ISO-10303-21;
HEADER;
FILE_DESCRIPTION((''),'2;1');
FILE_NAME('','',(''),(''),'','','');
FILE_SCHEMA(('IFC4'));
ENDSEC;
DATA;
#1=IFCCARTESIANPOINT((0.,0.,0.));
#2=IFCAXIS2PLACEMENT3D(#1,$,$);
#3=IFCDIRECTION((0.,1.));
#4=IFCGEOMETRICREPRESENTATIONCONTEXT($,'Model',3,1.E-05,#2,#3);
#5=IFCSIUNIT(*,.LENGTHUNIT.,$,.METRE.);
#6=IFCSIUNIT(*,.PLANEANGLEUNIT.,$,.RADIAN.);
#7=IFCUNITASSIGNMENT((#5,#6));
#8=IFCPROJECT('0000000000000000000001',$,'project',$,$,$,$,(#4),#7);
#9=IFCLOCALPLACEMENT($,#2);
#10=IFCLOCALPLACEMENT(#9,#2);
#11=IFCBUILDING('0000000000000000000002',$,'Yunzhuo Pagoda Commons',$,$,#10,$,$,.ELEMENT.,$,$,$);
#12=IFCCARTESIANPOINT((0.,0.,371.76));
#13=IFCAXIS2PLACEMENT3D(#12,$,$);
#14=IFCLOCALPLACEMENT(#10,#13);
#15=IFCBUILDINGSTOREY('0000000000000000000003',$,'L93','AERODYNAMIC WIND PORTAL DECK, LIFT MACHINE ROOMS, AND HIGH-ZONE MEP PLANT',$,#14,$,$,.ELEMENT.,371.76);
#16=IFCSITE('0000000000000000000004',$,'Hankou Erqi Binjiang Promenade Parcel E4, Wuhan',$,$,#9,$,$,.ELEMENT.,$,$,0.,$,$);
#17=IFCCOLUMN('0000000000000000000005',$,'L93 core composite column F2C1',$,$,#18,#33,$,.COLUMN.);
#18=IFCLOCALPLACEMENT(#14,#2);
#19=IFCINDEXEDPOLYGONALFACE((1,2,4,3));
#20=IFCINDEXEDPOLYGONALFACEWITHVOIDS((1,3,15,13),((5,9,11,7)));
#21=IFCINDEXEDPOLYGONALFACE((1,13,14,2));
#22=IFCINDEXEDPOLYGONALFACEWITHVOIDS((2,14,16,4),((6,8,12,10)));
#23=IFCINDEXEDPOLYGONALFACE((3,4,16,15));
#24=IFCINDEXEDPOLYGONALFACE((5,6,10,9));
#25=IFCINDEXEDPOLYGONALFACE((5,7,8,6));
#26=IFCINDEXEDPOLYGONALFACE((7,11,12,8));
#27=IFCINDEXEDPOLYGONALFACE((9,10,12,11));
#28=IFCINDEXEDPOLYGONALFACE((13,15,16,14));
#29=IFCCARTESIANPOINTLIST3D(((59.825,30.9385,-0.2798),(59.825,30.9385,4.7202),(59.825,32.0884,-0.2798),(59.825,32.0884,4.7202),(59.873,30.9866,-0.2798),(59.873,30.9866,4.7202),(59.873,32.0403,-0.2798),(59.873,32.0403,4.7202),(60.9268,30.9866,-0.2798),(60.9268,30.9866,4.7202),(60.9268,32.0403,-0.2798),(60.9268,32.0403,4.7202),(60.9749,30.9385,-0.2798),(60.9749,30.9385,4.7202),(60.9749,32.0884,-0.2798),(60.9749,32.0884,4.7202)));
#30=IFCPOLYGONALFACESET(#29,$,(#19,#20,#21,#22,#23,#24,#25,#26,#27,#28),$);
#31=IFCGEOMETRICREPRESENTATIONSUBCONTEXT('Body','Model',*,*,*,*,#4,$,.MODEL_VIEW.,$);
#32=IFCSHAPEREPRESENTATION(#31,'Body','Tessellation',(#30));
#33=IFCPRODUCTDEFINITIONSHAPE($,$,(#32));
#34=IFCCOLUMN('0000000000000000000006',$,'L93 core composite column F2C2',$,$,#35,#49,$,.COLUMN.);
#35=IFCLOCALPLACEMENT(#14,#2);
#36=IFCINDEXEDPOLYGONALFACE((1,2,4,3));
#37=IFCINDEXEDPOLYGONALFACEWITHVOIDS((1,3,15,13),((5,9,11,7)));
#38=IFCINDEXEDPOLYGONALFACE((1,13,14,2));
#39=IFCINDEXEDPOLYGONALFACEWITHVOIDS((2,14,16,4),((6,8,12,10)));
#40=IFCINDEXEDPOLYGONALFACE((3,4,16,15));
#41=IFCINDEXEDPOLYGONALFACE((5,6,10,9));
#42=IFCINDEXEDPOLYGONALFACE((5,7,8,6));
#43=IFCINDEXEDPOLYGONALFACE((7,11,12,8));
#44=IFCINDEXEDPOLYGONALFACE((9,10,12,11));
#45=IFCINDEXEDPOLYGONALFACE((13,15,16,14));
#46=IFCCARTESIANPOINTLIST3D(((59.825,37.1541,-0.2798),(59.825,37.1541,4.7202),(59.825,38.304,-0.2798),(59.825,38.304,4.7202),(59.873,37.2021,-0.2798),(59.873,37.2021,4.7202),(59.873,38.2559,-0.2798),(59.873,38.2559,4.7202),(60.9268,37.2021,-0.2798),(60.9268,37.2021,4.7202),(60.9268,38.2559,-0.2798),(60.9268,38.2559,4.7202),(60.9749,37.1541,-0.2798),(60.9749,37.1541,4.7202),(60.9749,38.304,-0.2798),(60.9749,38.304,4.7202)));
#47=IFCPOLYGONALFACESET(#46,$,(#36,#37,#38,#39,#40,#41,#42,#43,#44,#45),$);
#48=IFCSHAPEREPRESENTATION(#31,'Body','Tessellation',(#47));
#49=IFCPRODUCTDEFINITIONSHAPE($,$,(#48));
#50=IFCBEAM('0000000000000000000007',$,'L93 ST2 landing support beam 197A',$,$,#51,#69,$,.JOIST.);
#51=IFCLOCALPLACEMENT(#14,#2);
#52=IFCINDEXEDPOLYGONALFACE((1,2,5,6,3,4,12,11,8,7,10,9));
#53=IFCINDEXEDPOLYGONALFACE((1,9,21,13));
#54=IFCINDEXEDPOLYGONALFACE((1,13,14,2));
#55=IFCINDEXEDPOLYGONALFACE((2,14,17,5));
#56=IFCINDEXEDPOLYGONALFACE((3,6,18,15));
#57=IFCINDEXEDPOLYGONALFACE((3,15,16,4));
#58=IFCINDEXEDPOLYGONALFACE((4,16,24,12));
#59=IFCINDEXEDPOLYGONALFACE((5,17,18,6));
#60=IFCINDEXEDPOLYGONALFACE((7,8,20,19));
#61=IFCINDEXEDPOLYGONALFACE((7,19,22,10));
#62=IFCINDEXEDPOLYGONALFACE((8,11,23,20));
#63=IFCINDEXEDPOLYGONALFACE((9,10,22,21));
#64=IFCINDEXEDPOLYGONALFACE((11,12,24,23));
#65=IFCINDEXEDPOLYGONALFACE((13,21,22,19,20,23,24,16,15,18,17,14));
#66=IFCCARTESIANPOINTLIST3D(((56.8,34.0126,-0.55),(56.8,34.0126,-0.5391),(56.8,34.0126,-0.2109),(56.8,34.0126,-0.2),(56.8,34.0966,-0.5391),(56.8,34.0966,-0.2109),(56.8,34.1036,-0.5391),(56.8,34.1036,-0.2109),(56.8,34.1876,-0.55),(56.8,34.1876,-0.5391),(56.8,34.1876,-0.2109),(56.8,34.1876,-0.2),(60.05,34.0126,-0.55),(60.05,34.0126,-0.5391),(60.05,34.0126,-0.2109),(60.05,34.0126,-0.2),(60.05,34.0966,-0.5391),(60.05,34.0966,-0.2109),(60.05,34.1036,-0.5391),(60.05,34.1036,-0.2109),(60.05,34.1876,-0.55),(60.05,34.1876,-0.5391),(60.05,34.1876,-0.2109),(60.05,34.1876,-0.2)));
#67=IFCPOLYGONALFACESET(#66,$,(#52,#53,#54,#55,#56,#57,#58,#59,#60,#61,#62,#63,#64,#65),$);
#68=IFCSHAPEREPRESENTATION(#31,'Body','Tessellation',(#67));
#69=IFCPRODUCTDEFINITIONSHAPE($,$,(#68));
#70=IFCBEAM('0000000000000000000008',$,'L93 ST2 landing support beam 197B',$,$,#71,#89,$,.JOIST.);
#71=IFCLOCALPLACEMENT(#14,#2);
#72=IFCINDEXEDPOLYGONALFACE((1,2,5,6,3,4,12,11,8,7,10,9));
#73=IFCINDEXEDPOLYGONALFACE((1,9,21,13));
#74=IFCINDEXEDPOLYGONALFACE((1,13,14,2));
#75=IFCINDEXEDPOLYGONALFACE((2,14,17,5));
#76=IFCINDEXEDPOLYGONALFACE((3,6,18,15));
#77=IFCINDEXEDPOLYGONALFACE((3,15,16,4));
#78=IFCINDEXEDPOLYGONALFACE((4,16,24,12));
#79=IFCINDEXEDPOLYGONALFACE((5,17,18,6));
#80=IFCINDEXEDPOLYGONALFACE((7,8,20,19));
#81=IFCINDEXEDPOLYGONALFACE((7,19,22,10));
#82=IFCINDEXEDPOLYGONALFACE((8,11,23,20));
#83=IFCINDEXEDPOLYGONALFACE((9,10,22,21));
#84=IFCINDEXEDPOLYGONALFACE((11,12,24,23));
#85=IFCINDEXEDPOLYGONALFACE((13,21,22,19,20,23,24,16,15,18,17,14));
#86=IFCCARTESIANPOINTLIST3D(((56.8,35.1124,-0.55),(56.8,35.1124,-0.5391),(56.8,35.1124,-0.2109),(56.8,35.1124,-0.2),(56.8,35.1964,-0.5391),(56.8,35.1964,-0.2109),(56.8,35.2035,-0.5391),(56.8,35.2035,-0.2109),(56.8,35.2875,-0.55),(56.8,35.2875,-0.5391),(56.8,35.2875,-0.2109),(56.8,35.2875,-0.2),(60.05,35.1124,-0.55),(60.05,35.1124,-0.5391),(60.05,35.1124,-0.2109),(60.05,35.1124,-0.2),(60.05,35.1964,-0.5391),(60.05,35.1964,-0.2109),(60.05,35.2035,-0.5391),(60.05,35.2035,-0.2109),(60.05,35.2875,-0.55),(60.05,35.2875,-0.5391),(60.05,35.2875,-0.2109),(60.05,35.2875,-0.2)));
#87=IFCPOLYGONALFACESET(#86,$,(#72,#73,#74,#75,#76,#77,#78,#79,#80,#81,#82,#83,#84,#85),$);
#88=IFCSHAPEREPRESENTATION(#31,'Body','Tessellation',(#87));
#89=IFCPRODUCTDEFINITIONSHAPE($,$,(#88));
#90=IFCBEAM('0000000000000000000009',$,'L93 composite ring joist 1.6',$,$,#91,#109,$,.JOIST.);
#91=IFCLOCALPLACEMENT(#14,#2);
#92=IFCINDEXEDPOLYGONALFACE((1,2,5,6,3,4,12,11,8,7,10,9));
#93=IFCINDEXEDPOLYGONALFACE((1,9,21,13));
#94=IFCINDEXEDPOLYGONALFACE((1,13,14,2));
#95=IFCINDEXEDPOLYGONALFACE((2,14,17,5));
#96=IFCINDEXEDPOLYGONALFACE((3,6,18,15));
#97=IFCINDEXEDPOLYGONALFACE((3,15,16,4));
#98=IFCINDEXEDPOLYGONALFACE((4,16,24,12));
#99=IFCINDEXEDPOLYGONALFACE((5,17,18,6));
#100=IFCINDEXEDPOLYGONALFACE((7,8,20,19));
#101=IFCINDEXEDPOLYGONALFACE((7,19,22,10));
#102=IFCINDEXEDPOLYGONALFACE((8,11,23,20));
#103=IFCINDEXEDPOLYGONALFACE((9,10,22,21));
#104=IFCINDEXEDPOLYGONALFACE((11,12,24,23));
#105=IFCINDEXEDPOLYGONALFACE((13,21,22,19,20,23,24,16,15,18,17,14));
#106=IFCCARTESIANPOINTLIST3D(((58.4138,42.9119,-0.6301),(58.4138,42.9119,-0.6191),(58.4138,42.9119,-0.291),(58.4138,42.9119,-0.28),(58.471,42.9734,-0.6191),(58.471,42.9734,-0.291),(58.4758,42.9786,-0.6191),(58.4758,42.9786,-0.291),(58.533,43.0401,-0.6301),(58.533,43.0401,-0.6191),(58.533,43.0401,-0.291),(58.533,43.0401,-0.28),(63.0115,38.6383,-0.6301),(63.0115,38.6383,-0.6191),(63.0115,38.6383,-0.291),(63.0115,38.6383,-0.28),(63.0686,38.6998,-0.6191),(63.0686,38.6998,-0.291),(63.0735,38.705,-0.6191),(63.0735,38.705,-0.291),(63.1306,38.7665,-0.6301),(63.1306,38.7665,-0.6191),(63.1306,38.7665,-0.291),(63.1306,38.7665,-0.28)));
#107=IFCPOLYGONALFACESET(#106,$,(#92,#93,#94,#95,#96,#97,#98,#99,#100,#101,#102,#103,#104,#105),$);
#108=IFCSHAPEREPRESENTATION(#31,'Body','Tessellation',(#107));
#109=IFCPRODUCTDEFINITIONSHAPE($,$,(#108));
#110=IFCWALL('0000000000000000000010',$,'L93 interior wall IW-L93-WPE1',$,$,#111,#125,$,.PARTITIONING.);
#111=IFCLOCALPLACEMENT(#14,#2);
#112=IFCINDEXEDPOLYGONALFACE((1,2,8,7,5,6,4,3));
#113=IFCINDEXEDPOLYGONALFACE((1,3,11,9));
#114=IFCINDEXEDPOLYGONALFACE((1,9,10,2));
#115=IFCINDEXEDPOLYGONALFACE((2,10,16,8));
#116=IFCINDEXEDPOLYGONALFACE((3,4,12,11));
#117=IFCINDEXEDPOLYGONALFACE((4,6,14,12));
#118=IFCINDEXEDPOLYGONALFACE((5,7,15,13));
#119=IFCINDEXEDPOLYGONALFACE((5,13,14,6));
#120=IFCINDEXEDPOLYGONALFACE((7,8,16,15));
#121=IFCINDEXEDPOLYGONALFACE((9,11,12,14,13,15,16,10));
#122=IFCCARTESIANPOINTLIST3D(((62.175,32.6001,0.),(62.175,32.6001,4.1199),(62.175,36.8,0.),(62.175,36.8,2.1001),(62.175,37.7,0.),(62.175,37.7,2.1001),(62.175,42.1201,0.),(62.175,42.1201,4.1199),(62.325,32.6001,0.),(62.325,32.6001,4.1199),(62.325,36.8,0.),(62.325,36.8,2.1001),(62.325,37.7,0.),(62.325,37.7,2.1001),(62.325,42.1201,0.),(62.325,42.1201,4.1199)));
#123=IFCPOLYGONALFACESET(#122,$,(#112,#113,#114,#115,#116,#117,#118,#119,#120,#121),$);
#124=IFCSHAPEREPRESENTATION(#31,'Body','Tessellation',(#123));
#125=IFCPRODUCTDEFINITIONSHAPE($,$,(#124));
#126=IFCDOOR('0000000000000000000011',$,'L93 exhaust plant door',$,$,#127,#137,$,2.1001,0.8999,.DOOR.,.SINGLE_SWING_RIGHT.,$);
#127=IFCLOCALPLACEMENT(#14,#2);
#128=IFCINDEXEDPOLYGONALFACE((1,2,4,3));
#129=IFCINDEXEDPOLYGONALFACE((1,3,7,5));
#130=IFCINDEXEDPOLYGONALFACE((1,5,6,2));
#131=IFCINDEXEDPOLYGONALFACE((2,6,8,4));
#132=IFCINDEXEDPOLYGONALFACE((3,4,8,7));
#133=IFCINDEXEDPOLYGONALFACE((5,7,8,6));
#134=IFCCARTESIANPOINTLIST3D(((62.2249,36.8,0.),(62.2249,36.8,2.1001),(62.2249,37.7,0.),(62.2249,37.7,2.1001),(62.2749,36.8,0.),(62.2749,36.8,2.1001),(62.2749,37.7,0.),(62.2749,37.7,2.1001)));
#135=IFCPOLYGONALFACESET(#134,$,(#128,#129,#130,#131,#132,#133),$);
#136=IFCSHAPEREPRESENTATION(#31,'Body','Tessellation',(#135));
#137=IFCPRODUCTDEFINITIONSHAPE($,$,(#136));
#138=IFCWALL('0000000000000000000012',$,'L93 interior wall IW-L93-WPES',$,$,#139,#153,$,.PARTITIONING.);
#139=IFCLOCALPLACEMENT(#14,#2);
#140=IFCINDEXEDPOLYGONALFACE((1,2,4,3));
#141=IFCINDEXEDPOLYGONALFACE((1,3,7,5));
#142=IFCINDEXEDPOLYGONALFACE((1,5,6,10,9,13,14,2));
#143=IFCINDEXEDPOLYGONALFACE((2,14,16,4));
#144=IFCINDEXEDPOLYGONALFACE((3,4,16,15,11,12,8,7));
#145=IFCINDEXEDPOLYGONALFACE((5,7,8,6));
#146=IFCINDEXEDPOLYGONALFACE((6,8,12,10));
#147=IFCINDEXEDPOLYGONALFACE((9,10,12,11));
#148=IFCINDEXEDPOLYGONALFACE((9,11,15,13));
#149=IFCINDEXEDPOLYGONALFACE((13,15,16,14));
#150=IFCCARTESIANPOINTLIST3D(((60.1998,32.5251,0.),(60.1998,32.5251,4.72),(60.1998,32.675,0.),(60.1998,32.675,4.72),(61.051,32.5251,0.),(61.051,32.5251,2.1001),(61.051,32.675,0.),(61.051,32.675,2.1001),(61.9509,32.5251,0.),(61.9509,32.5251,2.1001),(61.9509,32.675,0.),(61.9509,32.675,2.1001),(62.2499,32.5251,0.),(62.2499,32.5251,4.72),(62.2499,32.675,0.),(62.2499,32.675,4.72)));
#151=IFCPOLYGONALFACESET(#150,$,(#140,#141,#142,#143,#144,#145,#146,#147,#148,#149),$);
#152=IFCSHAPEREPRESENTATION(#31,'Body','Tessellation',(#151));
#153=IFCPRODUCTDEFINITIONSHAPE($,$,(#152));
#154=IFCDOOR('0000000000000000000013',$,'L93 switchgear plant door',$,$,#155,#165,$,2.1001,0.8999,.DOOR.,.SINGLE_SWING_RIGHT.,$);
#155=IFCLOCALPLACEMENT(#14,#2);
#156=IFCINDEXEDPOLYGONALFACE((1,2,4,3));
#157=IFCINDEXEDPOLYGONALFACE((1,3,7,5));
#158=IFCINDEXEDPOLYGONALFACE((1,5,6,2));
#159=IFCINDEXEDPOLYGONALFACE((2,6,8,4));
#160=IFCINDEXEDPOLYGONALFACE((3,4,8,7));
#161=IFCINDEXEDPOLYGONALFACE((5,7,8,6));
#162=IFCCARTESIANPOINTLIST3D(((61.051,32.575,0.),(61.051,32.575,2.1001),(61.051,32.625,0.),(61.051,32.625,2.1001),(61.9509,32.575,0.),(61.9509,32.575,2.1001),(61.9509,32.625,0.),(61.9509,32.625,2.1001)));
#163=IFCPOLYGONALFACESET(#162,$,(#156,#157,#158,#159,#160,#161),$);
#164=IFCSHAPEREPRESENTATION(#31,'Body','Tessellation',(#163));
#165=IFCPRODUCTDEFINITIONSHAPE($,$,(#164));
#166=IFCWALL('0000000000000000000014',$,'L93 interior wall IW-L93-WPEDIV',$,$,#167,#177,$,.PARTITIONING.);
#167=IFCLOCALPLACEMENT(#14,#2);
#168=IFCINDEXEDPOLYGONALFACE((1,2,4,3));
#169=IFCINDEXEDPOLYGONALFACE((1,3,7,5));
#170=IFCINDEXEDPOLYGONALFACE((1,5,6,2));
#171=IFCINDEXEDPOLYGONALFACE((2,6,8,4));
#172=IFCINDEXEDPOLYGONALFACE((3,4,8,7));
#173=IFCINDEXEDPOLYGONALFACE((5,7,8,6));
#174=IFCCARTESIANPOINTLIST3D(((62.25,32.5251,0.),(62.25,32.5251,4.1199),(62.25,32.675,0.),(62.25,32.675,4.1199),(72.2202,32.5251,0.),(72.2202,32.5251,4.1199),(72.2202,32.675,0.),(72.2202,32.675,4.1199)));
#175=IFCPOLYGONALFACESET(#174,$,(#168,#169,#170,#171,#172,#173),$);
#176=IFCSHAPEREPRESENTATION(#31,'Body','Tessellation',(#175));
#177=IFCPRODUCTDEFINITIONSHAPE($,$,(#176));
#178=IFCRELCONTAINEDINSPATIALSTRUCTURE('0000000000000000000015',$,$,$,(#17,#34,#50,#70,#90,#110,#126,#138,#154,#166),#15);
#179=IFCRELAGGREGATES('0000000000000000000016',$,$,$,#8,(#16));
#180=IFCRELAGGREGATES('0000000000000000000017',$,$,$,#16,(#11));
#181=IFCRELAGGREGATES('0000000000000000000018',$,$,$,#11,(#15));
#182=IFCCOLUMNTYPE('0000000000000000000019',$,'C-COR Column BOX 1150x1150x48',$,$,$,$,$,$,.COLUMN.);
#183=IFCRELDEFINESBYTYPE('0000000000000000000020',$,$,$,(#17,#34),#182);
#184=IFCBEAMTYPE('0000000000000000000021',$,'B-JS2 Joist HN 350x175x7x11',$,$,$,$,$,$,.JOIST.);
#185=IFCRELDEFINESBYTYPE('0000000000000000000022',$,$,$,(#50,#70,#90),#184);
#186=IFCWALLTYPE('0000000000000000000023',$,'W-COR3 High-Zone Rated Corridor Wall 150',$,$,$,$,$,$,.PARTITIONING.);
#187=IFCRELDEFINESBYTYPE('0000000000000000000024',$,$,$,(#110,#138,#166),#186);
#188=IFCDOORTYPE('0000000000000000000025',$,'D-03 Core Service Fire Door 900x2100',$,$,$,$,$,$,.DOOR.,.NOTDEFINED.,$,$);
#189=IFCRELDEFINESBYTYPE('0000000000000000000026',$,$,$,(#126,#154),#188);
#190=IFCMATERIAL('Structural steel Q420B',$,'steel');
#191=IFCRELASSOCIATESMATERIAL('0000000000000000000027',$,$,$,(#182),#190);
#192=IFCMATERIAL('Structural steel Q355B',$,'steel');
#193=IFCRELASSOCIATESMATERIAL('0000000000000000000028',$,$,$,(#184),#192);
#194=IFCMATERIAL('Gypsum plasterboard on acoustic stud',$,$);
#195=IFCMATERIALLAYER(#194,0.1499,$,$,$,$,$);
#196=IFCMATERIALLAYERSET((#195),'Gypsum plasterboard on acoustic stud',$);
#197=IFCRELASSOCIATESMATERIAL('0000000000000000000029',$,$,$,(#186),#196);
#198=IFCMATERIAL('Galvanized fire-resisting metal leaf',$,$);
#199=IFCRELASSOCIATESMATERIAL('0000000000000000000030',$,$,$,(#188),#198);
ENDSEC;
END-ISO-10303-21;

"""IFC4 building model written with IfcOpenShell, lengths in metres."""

from ifc_helpers import new_model, si_unit, direction, frame, frame_2d, origin, origin_with_axes, origin_2d, place, context, subcontext, project, spatial, rectangle, hollow_rectangle, i_section, extrude, source, transform, mapped, material, layer, layer_set, material_profile, profile_set, type_object, element, fill, save


model = new_model("IFC4")

# Units and contexts
model_context = context("Model", 3, precision=1e-05, world=origin(), true_north=direction((0.0, 1.0)))
body_context = subcontext(model_context, "Body", "Model", "MODEL_VIEW")
ifc_project = project(units=[si_unit("LENGTHUNIT", "METRE"), si_unit("PLANEANGLEUNIT", "RADIAN")], contexts=[model_context])

# Site, building, storey
site_placement = place(None, origin())
site = spatial("IfcSite", under=ifc_project, at=site_placement, Name="Hankou Erqi Binjiang Promenade Parcel E4, Wuhan", CompositionType="ELEMENT", RefElevation=0.0)
building_placement = place(site_placement, origin())
building = spatial("IfcBuilding", under=site, at=building_placement, Name="Yunzhuo Pagoda Commons", CompositionType="ELEMENT")
storey_placement = place(building_placement, frame((0.0, 0.0, 371.76)))
storey = spatial("IfcBuildingStorey", under=building, at=storey_placement, Name="L93", Description="AERODYNAMIC WIND PORTAL DECK, LIFT MACHINE ROOMS, AND HIGH-ZONE MEP PLANT", CompositionType="ELEMENT", Elevation=371.76)

# Columns
ifc_material_1 = material(Name="Structural steel Q420B", Category="steel")
ifc_material_profile_1 = material_profile(ifc_material_1, hollow_rectangle(XDim=1.1499, YDim=1.1499, WallThickness=0.0481, at=origin_2d()), Name="Structural steel Q420B")
ifc_profile_set_1 = profile_set([ifc_material_profile_1], Name="Structural steel Q420B")
column_type = type_object("IfcColumnType", Name="C-COR Column BOX 1150x1150x48", PredefinedType="COLUMN", material=ifc_profile_set_1)
shared_shape_1 = source(origin(), body_context, "Body", "SweptSolid", [
    extrude(hollow_rectangle(XDim=1.1499, YDim=1.1499, WallThickness=0.0481, at=origin_2d()), origin(), (0.0, 0.0, 1.0), 5.0),
])
for number, where, z_axis, x_axis, name in (
    (1, (60.3999, 31.5134, -0.2798), (0.0, 0.0, 1.0), (1.0, 0.0, 0.0), "L93 core composite column F2C1"),
    (2, (60.3999, 37.729, -0.2798), (0.0, 0.0, 1.0), (1.0, 0.0, 0.0), "L93 core composite column F2C2"),
):
    element("IfcColumn", number, at=place(storey_placement, frame(where, z_axis=z_axis, x_axis=x_axis)), inside=storey, type_object=column_type, Name=name, PredefinedType="COLUMN", context=body_context, shape_type="MappedRepresentation", body=[
        mapped(shared_shape_1, transform((0.0, 0.0, 0.0), scale=1.0)),
    ])

# Beams
ifc_material_2 = material(Name="Structural steel Q355B", Category="steel")
ifc_material_profile_2 = material_profile(ifc_material_2, i_section(OverallWidth=0.175, OverallDepth=0.3501, WebThickness=0.0071, FlangeThickness=0.011, at=origin_2d()), Name="Structural steel Q355B")
ifc_profile_set_2 = profile_set([ifc_material_profile_2], Name="Structural steel Q355B")
beam_type = type_object("IfcBeamType", Name="B-JS2 Joist HN 350x175x7x11", PredefinedType="JOIST", material=ifc_profile_set_2)
shared_shape_2 = source(origin(), body_context, "Body", "SweptSolid", [
    extrude(i_section(OverallWidth=0.175, OverallDepth=0.3501, WebThickness=0.0071, FlangeThickness=0.011, at=origin_2d()), origin(), (0.0, 0.0, 1.0), 3.25),
])
for number, where, z_axis, x_axis, name in (
    (3, (56.8, 34.1001, -0.375), (1.0, 0.0, 0.0), (0.0, 1.0, 0.0), "L93 ST2 landing support beam 197A"),
    (4, (56.8, 35.2, -0.375), (1.0, 0.0, 0.0), (0.0, 1.0, 0.0), "L93 ST2 landing support beam 197B"),
):
    element("IfcBeam", number, at=place(storey_placement, frame(where, z_axis=z_axis, x_axis=x_axis)), inside=storey, type_object=beam_type, Name=name, PredefinedType="JOIST", context=body_context, shape_type="MappedRepresentation", body=[
        mapped(shared_shape_2, transform((0.0, 0.0, 0.0), scale=1.0)),
    ])
shared_shape_3 = source(origin(), body_context, "Body", "SweptSolid", [
    extrude(i_section(OverallWidth=0.175, OverallDepth=0.3501, WebThickness=0.0071, FlangeThickness=0.011, at=origin_2d()), origin(), (0.0, 0.0, 1.0), 6.2771),
])
beam_placement = place(storey_placement, frame((63.071, 38.7024, -0.4551), z_axis=(-0.732442, 0.68083, 0.0), x_axis=(-0.68083, -0.732442, 0.0)))
element("IfcBeam", 5, at=beam_placement, inside=storey, type_object=beam_type, Name="L93 composite ring joist 1.6", PredefinedType="JOIST", context=body_context, shape_type="MappedRepresentation", body=[
    mapped(shared_shape_3, transform((0.0, 0.0, 0.0), scale=1.0)),
])

# Walls, openings, doors
ifc_material_3 = material(Name="Gypsum plasterboard on acoustic stud")
ifc_layer_1 = layer(ifc_material_3, 0.1499)
ifc_layer_set_1 = layer_set([ifc_layer_1], Name="Gypsum plasterboard on acoustic stud")
wall_type_1 = type_object("IfcWallType", Name="W-COR3 High-Zone Rated Corridor Wall 150", PredefinedType="PARTITIONING", material=ifc_layer_set_1)
wall_1_placement = place(storey_placement, frame((62.25, 32.6001, 0.0), z_axis=(0.0, 0.0, 1.0), x_axis=(0.0, 1.0, 0.0)))
wall_1 = element("IfcWall", 6, at=wall_1_placement, inside=storey, type_object=wall_type_1, Name="L93 interior wall IW-L93-WPE1", PredefinedType="PARTITIONING", context=body_context, shape_type="SweptSolid", body=[
    extrude(rectangle(XDim=9.52, YDim=0.1499, at=frame_2d((4.76, 0.0))), origin(), (0.0, 0.0, 1.0), 4.1199),
])
opening_1_placement = place(wall_1_placement, frame((4.2, 0.0, 0.0)))
opening_1 = element("IfcOpeningElement", 7, at=opening_1_placement, cuts=wall_1, PredefinedType="OPENING", context=body_context, shape_type="SweptSolid", body=[
    extrude(rectangle(XDim=0.8999, YDim=2.1001, at=frame_2d((0.45, 1.05))), frame((0.0, 0.085, 0.0), z_axis=(0.0, -1.0, 0.0), x_axis=(1.0, 0.0, 0.0)), (0.0, 0.0, 1.0), 0.1699),
])
ifc_material_4 = material(Name="Galvanized fire-resisting metal leaf")
door_type_1 = type_object("IfcDoorType", Name="D-03 Core Service Fire Door 900x2100", OperationType="NOTDEFINED", PredefinedType="DOOR", material=ifc_material_4)
shared_shape_4 = source(origin(), body_context, "Body", "SweptSolid", [
    extrude(rectangle(XDim=0.8999, YDim=2.1001, at=frame_2d((0.45, 1.05))), frame((0.0, 0.0249, 0.0), z_axis=(0.0, -1.0, 0.0), x_axis=(1.0, 0.0, 0.0)), (0.0, 0.0, 1.0), 0.05),
])
door_1_placement = place(opening_1_placement, frame((0.8999, 0.0, 0.0), z_axis=(0.0, 0.0, 1.0), x_axis=(-1.0, 0.0, 0.0)))
door_1 = element("IfcDoor", 8, at=door_1_placement, inside=storey, type_object=door_type_1, Name="L93 exhaust plant door", OperationType="SINGLE_SWING_RIGHT", OverallHeight=2.1001, OverallWidth=0.8999, PredefinedType="DOOR", context=body_context, shape_type="MappedRepresentation", body=[
    mapped(shared_shape_4, transform((0.0, 0.0, 0.0), scale=1.0)),
])
fill(opening_1, door_1)
wall_2_placement = place(storey_placement, frame((60.2, 32.6001, 0.0), z_axis=(0.0, 0.0, 1.0), x_axis=(1.0, 0.0, 0.0)))
wall_2 = element("IfcWall", 9, at=wall_2_placement, inside=storey, type_object=wall_type_1, Name="L93 interior wall IW-L93-WPES", PredefinedType="PARTITIONING", context=body_context, shape_type="SweptSolid", body=[
    extrude(rectangle(XDim=2.05, YDim=0.1499, at=frame_2d((1.0249, 0.0))), origin(), (0.0, 0.0, 1.0), 4.72),
])
opening_2_placement = place(wall_2_placement, frame((0.8511, 0.0, 0.0)))
opening_2 = element("IfcOpeningElement", 10, at=opening_2_placement, cuts=wall_2, PredefinedType="OPENING", context=body_context, shape_type="SweptSolid", body=[
    extrude(rectangle(XDim=0.8999, YDim=2.1001, at=frame_2d((0.45, 1.05))), frame((0.0, 0.085, 0.0), z_axis=(0.0, -1.0, 0.0), x_axis=(1.0, 0.0, 0.0)), (0.0, 0.0, 1.0), 0.1699),
])
door_2_placement = place(opening_2_placement, origin_with_axes())
door_2 = element("IfcDoor", 11, at=door_2_placement, inside=storey, type_object=door_type_1, Name="L93 switchgear plant door", OperationType="SINGLE_SWING_RIGHT", OverallHeight=2.1001, OverallWidth=0.8999, PredefinedType="DOOR", context=body_context, shape_type="MappedRepresentation", body=[
    mapped(shared_shape_4, transform((0.0, 0.0, 0.0), scale=1.0)),
])
fill(opening_2, door_2)

# Wall
wall_3_placement = place(storey_placement, frame((62.25, 32.6001, 0.0), z_axis=(0.0, 0.0, 1.0), x_axis=(1.0, 0.0, 0.0)))
element("IfcWall", 12, at=wall_3_placement, inside=storey, type_object=wall_type_1, Name="L93 interior wall IW-L93-WPEDIV", PredefinedType="PARTITIONING", context=body_context, shape_type="SweptSolid", body=[
    extrude(rectangle(XDim=9.9702, YDim=0.1499, at=frame_2d((4.9851, 0.0))), origin(), (0.0, 0.0, 1.0), 4.1199),
])

save(model, "model.ifc")
